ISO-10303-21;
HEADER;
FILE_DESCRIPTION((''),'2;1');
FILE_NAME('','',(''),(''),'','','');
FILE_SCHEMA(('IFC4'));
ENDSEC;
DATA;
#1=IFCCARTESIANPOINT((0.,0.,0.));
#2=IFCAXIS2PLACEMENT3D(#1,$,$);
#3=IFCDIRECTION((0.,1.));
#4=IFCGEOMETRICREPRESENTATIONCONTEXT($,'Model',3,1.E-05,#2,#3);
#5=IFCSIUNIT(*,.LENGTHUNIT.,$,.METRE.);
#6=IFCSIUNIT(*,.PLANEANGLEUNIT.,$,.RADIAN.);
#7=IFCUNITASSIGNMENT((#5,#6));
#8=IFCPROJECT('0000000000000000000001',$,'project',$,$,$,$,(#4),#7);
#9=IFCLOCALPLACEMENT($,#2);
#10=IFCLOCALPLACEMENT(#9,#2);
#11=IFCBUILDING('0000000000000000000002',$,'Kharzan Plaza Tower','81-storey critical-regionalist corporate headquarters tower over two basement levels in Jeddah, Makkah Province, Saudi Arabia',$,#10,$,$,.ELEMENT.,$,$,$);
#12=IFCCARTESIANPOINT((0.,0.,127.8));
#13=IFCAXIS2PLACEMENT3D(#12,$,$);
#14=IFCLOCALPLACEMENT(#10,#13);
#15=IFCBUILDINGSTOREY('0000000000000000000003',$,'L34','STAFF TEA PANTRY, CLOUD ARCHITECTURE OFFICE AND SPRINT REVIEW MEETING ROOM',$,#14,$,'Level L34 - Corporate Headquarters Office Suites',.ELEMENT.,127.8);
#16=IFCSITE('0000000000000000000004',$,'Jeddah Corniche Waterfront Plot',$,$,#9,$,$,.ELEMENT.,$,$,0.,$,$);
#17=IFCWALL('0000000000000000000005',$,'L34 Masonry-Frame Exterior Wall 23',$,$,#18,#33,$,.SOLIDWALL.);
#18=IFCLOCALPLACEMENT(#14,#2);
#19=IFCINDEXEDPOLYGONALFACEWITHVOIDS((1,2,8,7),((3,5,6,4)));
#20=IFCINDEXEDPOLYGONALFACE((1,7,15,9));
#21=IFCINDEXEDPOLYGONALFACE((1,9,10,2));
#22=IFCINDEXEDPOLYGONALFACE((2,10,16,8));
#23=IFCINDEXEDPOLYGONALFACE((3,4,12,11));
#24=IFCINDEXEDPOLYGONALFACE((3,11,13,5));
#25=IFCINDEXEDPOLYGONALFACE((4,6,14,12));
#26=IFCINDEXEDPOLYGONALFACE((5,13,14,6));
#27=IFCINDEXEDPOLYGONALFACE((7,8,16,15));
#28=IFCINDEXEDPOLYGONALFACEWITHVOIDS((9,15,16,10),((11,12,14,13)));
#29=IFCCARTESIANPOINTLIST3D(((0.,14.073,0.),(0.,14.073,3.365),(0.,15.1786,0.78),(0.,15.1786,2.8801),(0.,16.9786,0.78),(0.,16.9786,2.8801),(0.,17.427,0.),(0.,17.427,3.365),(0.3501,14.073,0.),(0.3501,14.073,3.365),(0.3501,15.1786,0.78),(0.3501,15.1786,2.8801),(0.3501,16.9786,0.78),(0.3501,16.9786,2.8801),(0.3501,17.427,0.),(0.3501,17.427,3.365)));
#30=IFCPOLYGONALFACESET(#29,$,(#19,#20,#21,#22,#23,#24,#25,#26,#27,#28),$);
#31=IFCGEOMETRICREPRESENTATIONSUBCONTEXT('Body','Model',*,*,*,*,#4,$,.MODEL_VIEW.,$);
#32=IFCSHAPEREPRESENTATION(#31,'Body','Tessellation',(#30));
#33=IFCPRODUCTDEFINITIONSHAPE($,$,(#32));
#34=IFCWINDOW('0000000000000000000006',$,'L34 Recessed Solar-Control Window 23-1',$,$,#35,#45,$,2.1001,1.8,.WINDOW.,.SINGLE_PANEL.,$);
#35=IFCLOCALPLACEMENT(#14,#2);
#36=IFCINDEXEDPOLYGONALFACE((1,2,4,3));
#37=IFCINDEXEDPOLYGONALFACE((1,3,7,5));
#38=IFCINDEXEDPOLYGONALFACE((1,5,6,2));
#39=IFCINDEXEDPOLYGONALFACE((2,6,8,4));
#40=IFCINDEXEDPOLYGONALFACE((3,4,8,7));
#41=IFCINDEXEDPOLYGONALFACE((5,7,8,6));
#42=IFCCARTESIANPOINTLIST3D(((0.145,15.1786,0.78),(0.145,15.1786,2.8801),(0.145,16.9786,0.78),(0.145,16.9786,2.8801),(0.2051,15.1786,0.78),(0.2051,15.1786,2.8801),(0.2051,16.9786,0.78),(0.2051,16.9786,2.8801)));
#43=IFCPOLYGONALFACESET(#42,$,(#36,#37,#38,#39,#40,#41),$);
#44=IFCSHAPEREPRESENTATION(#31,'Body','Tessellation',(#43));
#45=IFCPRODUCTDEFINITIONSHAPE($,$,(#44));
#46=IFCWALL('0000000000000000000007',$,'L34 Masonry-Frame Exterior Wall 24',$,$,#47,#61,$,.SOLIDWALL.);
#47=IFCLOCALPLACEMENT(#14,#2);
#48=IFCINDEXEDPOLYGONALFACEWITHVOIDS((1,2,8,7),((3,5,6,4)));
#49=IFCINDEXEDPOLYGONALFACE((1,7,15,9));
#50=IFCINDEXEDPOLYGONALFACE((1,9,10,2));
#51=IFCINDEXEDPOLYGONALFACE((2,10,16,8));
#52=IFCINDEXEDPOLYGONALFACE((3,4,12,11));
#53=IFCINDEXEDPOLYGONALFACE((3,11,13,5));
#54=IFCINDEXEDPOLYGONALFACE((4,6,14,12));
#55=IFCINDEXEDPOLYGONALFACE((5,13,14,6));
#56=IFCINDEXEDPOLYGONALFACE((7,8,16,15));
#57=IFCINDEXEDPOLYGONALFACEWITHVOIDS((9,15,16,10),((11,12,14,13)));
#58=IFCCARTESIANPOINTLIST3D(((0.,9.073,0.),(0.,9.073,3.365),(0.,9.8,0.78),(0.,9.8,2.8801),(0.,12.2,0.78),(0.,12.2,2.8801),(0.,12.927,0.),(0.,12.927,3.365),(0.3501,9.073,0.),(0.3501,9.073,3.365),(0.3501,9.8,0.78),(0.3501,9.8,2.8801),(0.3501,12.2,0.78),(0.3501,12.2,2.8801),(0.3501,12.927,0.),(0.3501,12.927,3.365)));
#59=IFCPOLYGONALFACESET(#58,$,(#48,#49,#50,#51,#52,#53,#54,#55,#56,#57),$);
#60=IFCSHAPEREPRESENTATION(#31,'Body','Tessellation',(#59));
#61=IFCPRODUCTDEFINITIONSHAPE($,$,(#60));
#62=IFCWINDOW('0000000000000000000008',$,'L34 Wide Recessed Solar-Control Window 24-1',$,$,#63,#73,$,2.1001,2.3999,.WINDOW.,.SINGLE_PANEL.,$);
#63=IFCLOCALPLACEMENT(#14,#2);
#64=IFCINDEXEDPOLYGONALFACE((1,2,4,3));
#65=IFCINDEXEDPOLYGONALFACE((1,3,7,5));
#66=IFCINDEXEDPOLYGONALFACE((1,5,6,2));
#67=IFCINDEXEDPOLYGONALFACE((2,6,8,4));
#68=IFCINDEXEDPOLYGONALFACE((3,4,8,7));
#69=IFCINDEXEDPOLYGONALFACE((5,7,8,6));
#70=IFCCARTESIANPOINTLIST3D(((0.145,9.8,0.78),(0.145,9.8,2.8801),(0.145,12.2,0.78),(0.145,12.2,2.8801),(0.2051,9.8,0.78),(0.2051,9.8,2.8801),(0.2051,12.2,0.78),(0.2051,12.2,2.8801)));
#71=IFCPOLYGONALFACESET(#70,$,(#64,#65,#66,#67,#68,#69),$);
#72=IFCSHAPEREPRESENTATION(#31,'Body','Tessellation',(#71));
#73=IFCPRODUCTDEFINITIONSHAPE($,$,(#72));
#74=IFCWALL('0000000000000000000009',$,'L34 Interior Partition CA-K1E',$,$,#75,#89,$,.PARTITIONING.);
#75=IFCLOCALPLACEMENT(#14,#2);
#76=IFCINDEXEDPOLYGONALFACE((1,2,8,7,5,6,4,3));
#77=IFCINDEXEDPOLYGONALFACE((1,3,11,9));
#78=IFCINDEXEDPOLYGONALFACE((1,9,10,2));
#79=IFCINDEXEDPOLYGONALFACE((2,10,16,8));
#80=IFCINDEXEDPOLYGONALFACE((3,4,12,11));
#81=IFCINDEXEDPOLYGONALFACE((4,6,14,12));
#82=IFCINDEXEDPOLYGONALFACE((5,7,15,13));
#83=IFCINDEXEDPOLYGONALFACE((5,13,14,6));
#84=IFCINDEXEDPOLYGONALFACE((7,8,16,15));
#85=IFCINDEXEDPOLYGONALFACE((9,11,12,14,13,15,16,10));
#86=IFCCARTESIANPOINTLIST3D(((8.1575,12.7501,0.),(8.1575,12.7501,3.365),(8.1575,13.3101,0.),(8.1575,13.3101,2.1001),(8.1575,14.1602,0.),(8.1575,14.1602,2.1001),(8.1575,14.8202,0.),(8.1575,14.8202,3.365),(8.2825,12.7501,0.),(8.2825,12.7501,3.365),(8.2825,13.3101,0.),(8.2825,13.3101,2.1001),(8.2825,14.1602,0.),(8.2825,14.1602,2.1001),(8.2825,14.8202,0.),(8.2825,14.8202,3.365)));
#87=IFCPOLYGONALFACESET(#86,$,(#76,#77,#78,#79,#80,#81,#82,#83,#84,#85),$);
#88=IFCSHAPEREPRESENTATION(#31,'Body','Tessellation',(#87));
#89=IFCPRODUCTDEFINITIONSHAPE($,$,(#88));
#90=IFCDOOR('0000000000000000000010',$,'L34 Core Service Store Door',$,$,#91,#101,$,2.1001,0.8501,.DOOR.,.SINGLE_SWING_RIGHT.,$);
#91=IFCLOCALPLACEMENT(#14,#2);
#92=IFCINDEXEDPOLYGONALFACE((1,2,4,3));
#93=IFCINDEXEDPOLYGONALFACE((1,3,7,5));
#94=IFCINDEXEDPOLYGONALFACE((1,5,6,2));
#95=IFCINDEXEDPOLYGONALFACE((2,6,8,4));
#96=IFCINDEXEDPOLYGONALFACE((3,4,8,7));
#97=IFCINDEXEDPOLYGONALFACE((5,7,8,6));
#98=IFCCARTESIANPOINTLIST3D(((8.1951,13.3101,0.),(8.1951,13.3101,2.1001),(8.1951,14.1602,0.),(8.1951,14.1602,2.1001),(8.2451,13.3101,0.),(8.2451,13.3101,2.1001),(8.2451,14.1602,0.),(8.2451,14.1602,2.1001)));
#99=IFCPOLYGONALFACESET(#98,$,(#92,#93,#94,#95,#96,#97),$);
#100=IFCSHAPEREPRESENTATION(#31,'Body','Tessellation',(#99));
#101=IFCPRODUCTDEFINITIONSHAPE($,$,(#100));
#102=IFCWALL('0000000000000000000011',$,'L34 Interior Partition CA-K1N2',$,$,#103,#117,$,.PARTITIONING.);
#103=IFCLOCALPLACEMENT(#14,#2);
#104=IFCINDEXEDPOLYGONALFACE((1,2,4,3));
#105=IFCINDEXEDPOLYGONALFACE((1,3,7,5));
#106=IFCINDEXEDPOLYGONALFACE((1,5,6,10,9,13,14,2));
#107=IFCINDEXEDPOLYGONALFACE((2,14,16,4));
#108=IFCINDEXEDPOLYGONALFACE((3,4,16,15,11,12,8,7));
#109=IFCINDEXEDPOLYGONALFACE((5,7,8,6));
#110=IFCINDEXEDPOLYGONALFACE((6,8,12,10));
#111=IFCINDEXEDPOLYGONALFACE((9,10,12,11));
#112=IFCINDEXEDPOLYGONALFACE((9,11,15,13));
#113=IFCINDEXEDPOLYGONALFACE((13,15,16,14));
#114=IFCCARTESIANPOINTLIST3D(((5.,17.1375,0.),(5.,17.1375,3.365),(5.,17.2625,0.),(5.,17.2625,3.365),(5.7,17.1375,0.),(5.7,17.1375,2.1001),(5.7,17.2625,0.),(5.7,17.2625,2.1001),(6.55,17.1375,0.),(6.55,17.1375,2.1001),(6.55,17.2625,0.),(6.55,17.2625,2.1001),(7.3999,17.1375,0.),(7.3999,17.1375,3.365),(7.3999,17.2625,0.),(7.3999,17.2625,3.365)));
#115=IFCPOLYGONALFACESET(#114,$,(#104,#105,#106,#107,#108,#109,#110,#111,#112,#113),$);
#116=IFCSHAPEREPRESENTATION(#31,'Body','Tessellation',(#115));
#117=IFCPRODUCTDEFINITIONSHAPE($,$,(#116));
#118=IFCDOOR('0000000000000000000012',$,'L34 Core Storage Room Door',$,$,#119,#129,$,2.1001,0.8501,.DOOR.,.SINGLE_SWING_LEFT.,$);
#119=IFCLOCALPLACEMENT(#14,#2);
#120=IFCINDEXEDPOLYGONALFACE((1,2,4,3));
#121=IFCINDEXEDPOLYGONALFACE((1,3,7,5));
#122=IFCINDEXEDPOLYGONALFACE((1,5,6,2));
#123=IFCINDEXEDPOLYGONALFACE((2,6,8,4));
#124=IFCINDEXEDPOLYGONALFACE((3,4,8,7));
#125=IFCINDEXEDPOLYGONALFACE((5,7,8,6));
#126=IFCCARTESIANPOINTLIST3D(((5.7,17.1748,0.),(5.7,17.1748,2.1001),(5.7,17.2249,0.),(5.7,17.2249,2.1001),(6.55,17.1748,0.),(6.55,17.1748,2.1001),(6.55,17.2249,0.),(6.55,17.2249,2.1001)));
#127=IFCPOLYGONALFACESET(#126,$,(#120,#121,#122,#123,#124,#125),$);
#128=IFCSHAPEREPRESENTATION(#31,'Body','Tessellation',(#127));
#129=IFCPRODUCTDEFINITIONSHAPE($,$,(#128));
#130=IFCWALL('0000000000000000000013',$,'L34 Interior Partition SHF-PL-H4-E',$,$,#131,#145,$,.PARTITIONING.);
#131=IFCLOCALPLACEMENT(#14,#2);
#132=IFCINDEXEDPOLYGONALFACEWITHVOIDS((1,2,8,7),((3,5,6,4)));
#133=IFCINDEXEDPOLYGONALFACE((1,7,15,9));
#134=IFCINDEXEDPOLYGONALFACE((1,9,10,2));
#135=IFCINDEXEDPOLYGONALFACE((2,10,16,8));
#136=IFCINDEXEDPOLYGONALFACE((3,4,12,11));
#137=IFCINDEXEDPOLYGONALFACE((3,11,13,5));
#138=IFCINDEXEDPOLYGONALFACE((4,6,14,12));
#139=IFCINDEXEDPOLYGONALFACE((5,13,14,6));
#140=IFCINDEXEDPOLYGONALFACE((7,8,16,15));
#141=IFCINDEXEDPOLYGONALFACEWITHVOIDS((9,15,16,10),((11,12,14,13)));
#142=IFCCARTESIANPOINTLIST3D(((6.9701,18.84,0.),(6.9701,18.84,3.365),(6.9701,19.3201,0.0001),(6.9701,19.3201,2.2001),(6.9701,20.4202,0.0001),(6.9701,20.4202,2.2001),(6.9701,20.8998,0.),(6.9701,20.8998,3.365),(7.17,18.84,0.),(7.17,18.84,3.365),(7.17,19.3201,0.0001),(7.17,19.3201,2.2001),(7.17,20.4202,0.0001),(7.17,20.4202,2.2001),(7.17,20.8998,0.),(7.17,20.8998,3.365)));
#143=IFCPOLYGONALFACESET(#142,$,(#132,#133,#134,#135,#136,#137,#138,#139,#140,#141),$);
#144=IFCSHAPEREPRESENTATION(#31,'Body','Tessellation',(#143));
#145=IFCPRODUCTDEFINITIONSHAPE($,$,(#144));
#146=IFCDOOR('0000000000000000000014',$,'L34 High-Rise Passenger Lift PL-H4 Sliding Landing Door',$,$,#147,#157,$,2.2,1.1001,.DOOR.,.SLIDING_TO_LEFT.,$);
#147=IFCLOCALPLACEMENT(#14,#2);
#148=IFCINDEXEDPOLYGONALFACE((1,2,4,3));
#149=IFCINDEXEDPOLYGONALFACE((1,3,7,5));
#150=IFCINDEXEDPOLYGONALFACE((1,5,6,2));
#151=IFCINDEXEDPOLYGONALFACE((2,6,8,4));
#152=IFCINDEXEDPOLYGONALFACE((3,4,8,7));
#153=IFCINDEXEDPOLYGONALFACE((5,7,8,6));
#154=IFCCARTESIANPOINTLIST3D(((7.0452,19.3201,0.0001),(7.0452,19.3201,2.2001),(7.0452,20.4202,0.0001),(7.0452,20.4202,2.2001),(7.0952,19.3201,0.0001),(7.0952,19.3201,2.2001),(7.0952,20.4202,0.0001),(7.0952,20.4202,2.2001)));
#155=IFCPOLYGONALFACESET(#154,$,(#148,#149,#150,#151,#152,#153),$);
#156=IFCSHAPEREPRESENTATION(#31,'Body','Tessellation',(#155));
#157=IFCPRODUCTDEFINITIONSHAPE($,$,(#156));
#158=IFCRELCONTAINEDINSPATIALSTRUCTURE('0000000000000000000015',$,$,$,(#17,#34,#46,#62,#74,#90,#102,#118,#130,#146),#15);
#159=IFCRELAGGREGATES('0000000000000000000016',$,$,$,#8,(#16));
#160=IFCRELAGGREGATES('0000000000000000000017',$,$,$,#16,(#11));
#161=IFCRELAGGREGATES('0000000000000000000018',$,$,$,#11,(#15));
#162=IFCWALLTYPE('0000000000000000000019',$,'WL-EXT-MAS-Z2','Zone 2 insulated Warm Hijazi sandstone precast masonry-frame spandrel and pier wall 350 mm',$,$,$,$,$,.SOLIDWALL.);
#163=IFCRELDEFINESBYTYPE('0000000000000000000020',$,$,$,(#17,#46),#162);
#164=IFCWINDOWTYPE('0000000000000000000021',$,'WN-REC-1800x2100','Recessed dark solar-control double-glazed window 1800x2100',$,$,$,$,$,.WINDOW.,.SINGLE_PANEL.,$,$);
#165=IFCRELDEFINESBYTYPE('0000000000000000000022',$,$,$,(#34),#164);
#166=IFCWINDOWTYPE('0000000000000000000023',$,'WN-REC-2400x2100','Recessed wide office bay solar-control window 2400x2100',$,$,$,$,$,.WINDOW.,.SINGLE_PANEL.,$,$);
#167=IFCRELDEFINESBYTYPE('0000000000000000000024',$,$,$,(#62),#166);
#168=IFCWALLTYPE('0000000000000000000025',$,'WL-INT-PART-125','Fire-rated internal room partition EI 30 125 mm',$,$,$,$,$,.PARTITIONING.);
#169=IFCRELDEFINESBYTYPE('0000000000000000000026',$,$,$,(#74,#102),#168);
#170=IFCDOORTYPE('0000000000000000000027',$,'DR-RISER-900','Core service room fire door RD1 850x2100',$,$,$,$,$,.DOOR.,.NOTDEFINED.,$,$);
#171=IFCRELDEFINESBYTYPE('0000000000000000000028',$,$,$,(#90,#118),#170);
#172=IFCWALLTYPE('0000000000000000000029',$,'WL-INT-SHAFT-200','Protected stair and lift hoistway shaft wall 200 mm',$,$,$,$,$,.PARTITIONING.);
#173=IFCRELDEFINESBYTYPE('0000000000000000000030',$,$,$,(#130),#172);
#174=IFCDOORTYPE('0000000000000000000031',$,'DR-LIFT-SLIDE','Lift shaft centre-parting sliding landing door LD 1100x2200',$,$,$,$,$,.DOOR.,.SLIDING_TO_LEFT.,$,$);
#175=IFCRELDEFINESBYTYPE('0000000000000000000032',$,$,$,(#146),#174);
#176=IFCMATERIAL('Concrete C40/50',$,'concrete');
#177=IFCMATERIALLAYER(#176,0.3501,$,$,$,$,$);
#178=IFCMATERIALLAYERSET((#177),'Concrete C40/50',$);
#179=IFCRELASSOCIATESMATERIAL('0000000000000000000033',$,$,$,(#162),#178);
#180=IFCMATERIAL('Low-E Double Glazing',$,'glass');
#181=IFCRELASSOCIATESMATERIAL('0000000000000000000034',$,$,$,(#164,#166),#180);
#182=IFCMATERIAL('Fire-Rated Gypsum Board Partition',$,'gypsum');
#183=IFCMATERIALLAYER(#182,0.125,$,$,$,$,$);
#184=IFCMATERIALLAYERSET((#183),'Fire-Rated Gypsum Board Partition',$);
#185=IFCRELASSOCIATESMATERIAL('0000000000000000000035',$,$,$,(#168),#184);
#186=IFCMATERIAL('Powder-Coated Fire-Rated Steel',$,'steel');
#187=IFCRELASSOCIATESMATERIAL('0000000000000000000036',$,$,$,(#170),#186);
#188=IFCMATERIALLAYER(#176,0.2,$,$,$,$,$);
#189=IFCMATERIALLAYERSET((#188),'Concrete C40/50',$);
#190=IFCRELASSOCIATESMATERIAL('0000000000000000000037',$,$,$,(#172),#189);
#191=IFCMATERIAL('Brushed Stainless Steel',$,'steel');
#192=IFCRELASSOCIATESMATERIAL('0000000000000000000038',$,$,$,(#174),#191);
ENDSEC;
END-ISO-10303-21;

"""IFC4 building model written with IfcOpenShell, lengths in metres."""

from ifc_helpers import new_model, si_unit, direction, frame, frame_2d, origin, place, context, subcontext, project, spatial, rectangle, extrude, source, transform, mapped, material, layer, layer_set, type_object, element, fill, save


model = new_model("IFC4")

# Units and contexts
model_context = context("Model", 3, precision=1e-05, world=origin(), true_north=direction((0.0, 1.0)))
body_context = subcontext(model_context, "Body", "Model", "MODEL_VIEW")
ifc_project = project(units=[si_unit("LENGTHUNIT", "METRE"), si_unit("PLANEANGLEUNIT", "RADIAN")], contexts=[model_context])

# Site, building, storey
site_placement = place(None, origin())
site = spatial("IfcSite", under=ifc_project, at=site_placement, Name="Jeddah Corniche Waterfront Plot", CompositionType="ELEMENT", RefElevation=0.0)
building_placement = place(site_placement, origin())
building = spatial("IfcBuilding", under=site, at=building_placement, Name="Kharzan Plaza Tower", Description="81-storey critical-regionalist corporate headquarters tower over two basement levels in Jeddah, Makkah Province, Saudi Arabia", CompositionType="ELEMENT")
storey_placement = place(building_placement, frame((0.0, 0.0, 127.8)))
storey = spatial("IfcBuildingStorey", under=building, at=storey_placement, Name="L34", Description="STAFF TEA PANTRY, CLOUD ARCHITECTURE OFFICE AND SPRINT REVIEW MEETING ROOM", LongName="Level L34 - Corporate Headquarters Office Suites", CompositionType="ELEMENT", Elevation=127.8)

# Walls, openings, windows
ifc_material_1 = material(Name="Concrete C40/50", Category="concrete")
ifc_layer_1 = layer(ifc_material_1, 0.3501)
ifc_layer_set_1 = layer_set([ifc_layer_1], Name="Concrete C40/50")
wall_type_1 = type_object("IfcWallType", Name="WL-EXT-MAS-Z2", Description="Zone 2 insulated Warm Hijazi sandstone precast masonry-frame spandrel and pier wall 350 mm", PredefinedType="SOLIDWALL", material=ifc_layer_set_1)
wall_1_placement = place(storey_placement, frame((0.175, 17.427, 0.0), z_axis=(0.0, 0.0, 1.0), x_axis=(0.0, -1.0, 0.0)))
wall_1 = element("IfcWall", 1, at=wall_1_placement, inside=storey, type_object=wall_type_1, Name="L34 Masonry-Frame Exterior Wall 23", PredefinedType="SOLIDWALL", context=body_context, shape_type="SweptSolid", body=[
    extrude(rectangle(XDim=3.354, YDim=0.3501, at=frame_2d((1.677, 0.0))), origin(), (0.0, 0.0, 1.0), 3.365),
])
opening_1_placement = place(wall_1_placement, frame((0.4485, 0.0, 0.78)))
opening_1 = element("IfcOpeningElement", 2, at=opening_1_placement, cuts=wall_1, PredefinedType="OPENING", context=body_context, shape_type="SweptSolid", body=[
    extrude(rectangle(XDim=1.8, YDim=2.1001, at=frame_2d((0.8999, 1.05))), frame((0.0, 0.1851, 0.0), z_axis=(0.0, -1.0, 0.0), x_axis=(1.0, 0.0, 0.0)), (0.0, 0.0, 1.0), 0.3701),
])
ifc_material_2 = material(Name="Low-E Double Glazing", Category="glass")
window_type_1 = type_object("IfcWindowType", Name="WN-REC-1800x2100", Description="Recessed dark solar-control double-glazed window 1800x2100", PartitioningType="SINGLE_PANEL", PredefinedType="WINDOW", material=ifc_material_2)
shared_shape_1 = source(origin(), body_context, "Body", "SweptSolid", [
    extrude(rectangle(XDim=1.8, YDim=2.1001, at=frame_2d((0.8999, 1.05))), frame((0.0, 0.03, 0.0), z_axis=(0.0, -1.0, 0.0), x_axis=(1.0, 0.0, 0.0)), (0.0, 0.0, 1.0), 0.0601),
])
window_1_placement = place(opening_1_placement, origin())
window_1 = element("IfcWindow", 3, at=window_1_placement, inside=storey, type_object=window_type_1, Name="L34 Recessed Solar-Control Window 23-1", OverallHeight=2.1001, OverallWidth=1.8, PartitioningType="SINGLE_PANEL", PredefinedType="WINDOW", context=body_context, shape_type="MappedRepresentation", body=[
    mapped(shared_shape_1, transform((0.0, 0.0, 0.0), x_axis=(1.0, 0.0, 0.0), y_axis=(0.0, 1.0, 0.0), z_axis=(0.0, 0.0, 1.0))),
])
fill(opening_1, window_1)
wall_2_placement = place(storey_placement, frame((0.175, 12.927, 0.0), z_axis=(0.0, 0.0, 1.0), x_axis=(0.0, -1.0, 0.0)))
wall_2 = element("IfcWall", 4, at=wall_2_placement, inside=storey, type_object=wall_type_1, Name="L34 Masonry-Frame Exterior Wall 24", PredefinedType="SOLIDWALL", context=body_context, shape_type="SweptSolid", body=[
    extrude(rectangle(XDim=3.854, YDim=0.3501, at=frame_2d((1.927, 0.0))), origin(), (0.0, 0.0, 1.0), 3.365),
])
opening_2_placement = place(wall_2_placement, frame((0.7271, 0.0, 0.78)))
opening_2 = element("IfcOpeningElement", 5, at=opening_2_placement, cuts=wall_2, PredefinedType="OPENING", context=body_context, shape_type="SweptSolid", body=[
    extrude(rectangle(XDim=2.3999, YDim=2.1001, at=frame_2d((1.2, 1.05))), frame((0.0, 0.1851, 0.0), z_axis=(0.0, -1.0, 0.0), x_axis=(1.0, 0.0, 0.0)), (0.0, 0.0, 1.0), 0.3701),
])
window_type_2 = type_object("IfcWindowType", Name="WN-REC-2400x2100", Description="Recessed wide office bay solar-control window 2400x2100", PartitioningType="SINGLE_PANEL", PredefinedType="WINDOW", material=ifc_material_2)
shared_shape_2 = source(origin(), body_context, "Body", "SweptSolid", [
    extrude(rectangle(XDim=2.3999, YDim=2.1001, at=frame_2d((1.2, 1.05))), frame((0.0, 0.03, 0.0), z_axis=(0.0, -1.0, 0.0), x_axis=(1.0, 0.0, 0.0)), (0.0, 0.0, 1.0), 0.0601),
])
window_2_placement = place(opening_2_placement, origin())
window_2 = element("IfcWindow", 6, at=window_2_placement, inside=storey, type_object=window_type_2, Name="L34 Wide Recessed Solar-Control Window 24-1", OverallHeight=2.1001, OverallWidth=2.3999, PartitioningType="SINGLE_PANEL", PredefinedType="WINDOW", context=body_context, shape_type="MappedRepresentation", body=[
    mapped(shared_shape_2, transform((0.0, 0.0, 0.0), x_axis=(1.0, 0.0, 0.0), y_axis=(0.0, 1.0, 0.0), z_axis=(0.0, 0.0, 1.0))),
])
fill(opening_2, window_2)

# Walls, openings, doors
ifc_material_3 = material(Name="Fire-Rated Gypsum Board Partition", Category="gypsum")
ifc_layer_2 = layer(ifc_material_3, 0.125)
ifc_layer_set_2 = layer_set([ifc_layer_2], Name="Fire-Rated Gypsum Board Partition")
wall_type_2 = type_object("IfcWallType", Name="WL-INT-PART-125", Description="Fire-rated internal room partition EI 30 125 mm", PredefinedType="PARTITIONING", material=ifc_layer_set_2)
wall_3_placement = place(storey_placement, frame((8.22, 12.75, 0.0), z_axis=(0.0, 0.0, 1.0), x_axis=(0.0, 1.0, 0.0)))
wall_3 = element("IfcWall", 7, at=wall_3_placement, inside=storey, type_object=wall_type_2, Name="L34 Interior Partition CA-K1E", PredefinedType="PARTITIONING", context=body_context, shape_type="SweptSolid", body=[
    extrude(rectangle(XDim=2.0701, YDim=0.125, at=frame_2d((1.0352, 0.0))), origin(), (0.0, 0.0, 1.0), 3.365),
])
opening_3_placement = place(wall_3_placement, frame((0.5601, 0.0, 0.0)))
opening_3 = element("IfcOpeningElement", 8, at=opening_3_placement, cuts=wall_3, PredefinedType="OPENING", context=body_context, shape_type="SweptSolid", body=[
    extrude(rectangle(XDim=0.8501, YDim=2.1001, at=frame_2d((0.425, 1.05))), frame((0.0, 0.0725, 0.0), z_axis=(0.0, -1.0, 0.0), x_axis=(1.0, 0.0, 0.0)), (0.0, 0.0, 1.0), 0.145),
])
ifc_material_4 = material(Name="Powder-Coated Fire-Rated Steel", Category="steel")
door_type_1 = type_object("IfcDoorType", Name="DR-RISER-900", Description="Core service room fire door RD1 850x2100", OperationType="NOTDEFINED", PredefinedType="DOOR", material=ifc_material_4)
shared_shape_3 = source(origin(), body_context, "Body", "SweptSolid", [
    extrude(rectangle(XDim=0.8501, YDim=2.1001, at=frame_2d((0.425, 1.05))), frame((0.0, 0.0249, 0.0), z_axis=(0.0, -1.0, 0.0), x_axis=(1.0, 0.0, 0.0)), (0.0, 0.0, 1.0), 0.05),
])
door_1_placement = place(opening_3_placement, origin())
door_1 = element("IfcDoor", 9, at=door_1_placement, inside=storey, type_object=door_type_1, Name="L34 Core Service Store Door", OperationType="SINGLE_SWING_RIGHT", OverallHeight=2.1001, OverallWidth=0.8501, PredefinedType="DOOR", context=body_context, shape_type="MappedRepresentation", body=[
    mapped(shared_shape_3, transform((0.0, 0.0, 0.0), x_axis=(1.0, 0.0, 0.0), y_axis=(0.0, 1.0, 0.0), z_axis=(0.0, 0.0, 1.0))),
])
fill(opening_3, door_1)
wall_4_placement = place(storey_placement, frame((5.0, 17.2, 0.0), z_axis=(0.0, 0.0, 1.0), x_axis=(1.0, 0.0, 0.0)))
wall_4 = element("IfcWall", 10, at=wall_4_placement, inside=storey, type_object=wall_type_2, Name="L34 Interior Partition CA-K1N2", PredefinedType="PARTITIONING", context=body_context, shape_type="SweptSolid", body=[
    extrude(rectangle(XDim=2.3999, YDim=0.125, at=frame_2d((1.2, 0.0))), origin(), (0.0, 0.0, 1.0), 3.365),
])
opening_4_placement = place(wall_4_placement, frame((0.7, 0.0, 0.0)))
opening_4 = element("IfcOpeningElement", 11, at=opening_4_placement, cuts=wall_4, PredefinedType="OPENING", context=body_context, shape_type="SweptSolid", body=[
    extrude(rectangle(XDim=0.8501, YDim=2.1001, at=frame_2d((0.425, 1.05))), frame((0.0, 0.0725, 0.0), z_axis=(0.0, -1.0, 0.0), x_axis=(1.0, 0.0, 0.0)), (0.0, 0.0, 1.0), 0.145),
])
door_2_placement = place(opening_4_placement, origin())
door_2 = element("IfcDoor", 12, at=door_2_placement, inside=storey, type_object=door_type_1, Name="L34 Core Storage Room Door", OperationType="SINGLE_SWING_LEFT", OverallHeight=2.1001, OverallWidth=0.8501, PredefinedType="DOOR", context=body_context, shape_type="MappedRepresentation", body=[
    mapped(shared_shape_3, transform((0.0, 0.0, 0.0), x_axis=(1.0, 0.0, 0.0), y_axis=(0.0, 1.0, 0.0), z_axis=(0.0, 0.0, 1.0))),
])
fill(opening_4, door_2)
ifc_layer_3 = layer(ifc_material_1, 0.2)
ifc_layer_set_3 = layer_set([ifc_layer_3], Name="Concrete C40/50")
wall_type_3 = type_object("IfcWallType", Name="WL-INT-SHAFT-200", Description="Protected stair and lift hoistway shaft wall 200 mm", PredefinedType="PARTITIONING", material=ifc_layer_set_3)
wall_5_placement = place(storey_placement, frame((7.0701, 18.8401, 0.0), z_axis=(0.0, 0.0, 1.0), x_axis=(0.0, 1.0, 0.0)))
wall_5 = element("IfcWall", 13, at=wall_5_placement, inside=storey, type_object=wall_type_3, Name="L34 Interior Partition SHF-PL-H4-E", PredefinedType="PARTITIONING", context=body_context, shape_type="SweptSolid", body=[
    extrude(rectangle(XDim=2.0598, YDim=0.2, at=frame_2d((1.0298, 0.0))), origin(), (0.0, 0.0, 1.0), 3.365),
])
opening_5_placement = place(wall_5_placement, frame((0.48, 0.0, 0.0)))
opening_5 = element("IfcOpeningElement", 14, at=opening_5_placement, cuts=wall_5, PredefinedType="OPENING", context=body_context, shape_type="SweptSolid", body=[
    extrude(rectangle(XDim=1.1001, YDim=2.2, at=frame_2d((0.55, 1.1001))), frame((0.0, 0.1099, 0.0), z_axis=(0.0, -1.0, 0.0), x_axis=(1.0, 0.0, 0.0)), (0.0, 0.0, 1.0), 0.22),
])
ifc_material_5 = material(Name="Brushed Stainless Steel", Category="steel")
door_type_2 = type_object("IfcDoorType", Name="DR-LIFT-SLIDE", Description="Lift shaft centre-parting sliding landing door LD 1100x2200", OperationType="SLIDING_TO_LEFT", PredefinedType="DOOR", material=ifc_material_5)
shared_shape_4 = source(origin(), body_context, "Body", "SweptSolid", [
    extrude(rectangle(XDim=1.1001, YDim=2.2, at=frame_2d((0.55, 1.1001))), frame((0.0, 0.0249, 0.0), z_axis=(0.0, -1.0, 0.0), x_axis=(1.0, 0.0, 0.0)), (0.0, 0.0, 1.0), 0.05),
])
door_3_placement = place(opening_5_placement, origin())
door_3 = element("IfcDoor", 15, at=door_3_placement, inside=storey, type_object=door_type_2, Name="L34 High-Rise Passenger Lift PL-H4 Sliding Landing Door", OperationType="SLIDING_TO_LEFT", OverallHeight=2.2, OverallWidth=1.1001, PredefinedType="DOOR", context=body_context, shape_type="MappedRepresentation", body=[
    mapped(shared_shape_4, transform((0.0, 0.0, 0.0), x_axis=(1.0, 0.0, 0.0), y_axis=(0.0, 1.0, 0.0), z_axis=(0.0, 0.0, 1.0))),
])
fill(opening_5, door_3)

save(model, "model.ifc")
